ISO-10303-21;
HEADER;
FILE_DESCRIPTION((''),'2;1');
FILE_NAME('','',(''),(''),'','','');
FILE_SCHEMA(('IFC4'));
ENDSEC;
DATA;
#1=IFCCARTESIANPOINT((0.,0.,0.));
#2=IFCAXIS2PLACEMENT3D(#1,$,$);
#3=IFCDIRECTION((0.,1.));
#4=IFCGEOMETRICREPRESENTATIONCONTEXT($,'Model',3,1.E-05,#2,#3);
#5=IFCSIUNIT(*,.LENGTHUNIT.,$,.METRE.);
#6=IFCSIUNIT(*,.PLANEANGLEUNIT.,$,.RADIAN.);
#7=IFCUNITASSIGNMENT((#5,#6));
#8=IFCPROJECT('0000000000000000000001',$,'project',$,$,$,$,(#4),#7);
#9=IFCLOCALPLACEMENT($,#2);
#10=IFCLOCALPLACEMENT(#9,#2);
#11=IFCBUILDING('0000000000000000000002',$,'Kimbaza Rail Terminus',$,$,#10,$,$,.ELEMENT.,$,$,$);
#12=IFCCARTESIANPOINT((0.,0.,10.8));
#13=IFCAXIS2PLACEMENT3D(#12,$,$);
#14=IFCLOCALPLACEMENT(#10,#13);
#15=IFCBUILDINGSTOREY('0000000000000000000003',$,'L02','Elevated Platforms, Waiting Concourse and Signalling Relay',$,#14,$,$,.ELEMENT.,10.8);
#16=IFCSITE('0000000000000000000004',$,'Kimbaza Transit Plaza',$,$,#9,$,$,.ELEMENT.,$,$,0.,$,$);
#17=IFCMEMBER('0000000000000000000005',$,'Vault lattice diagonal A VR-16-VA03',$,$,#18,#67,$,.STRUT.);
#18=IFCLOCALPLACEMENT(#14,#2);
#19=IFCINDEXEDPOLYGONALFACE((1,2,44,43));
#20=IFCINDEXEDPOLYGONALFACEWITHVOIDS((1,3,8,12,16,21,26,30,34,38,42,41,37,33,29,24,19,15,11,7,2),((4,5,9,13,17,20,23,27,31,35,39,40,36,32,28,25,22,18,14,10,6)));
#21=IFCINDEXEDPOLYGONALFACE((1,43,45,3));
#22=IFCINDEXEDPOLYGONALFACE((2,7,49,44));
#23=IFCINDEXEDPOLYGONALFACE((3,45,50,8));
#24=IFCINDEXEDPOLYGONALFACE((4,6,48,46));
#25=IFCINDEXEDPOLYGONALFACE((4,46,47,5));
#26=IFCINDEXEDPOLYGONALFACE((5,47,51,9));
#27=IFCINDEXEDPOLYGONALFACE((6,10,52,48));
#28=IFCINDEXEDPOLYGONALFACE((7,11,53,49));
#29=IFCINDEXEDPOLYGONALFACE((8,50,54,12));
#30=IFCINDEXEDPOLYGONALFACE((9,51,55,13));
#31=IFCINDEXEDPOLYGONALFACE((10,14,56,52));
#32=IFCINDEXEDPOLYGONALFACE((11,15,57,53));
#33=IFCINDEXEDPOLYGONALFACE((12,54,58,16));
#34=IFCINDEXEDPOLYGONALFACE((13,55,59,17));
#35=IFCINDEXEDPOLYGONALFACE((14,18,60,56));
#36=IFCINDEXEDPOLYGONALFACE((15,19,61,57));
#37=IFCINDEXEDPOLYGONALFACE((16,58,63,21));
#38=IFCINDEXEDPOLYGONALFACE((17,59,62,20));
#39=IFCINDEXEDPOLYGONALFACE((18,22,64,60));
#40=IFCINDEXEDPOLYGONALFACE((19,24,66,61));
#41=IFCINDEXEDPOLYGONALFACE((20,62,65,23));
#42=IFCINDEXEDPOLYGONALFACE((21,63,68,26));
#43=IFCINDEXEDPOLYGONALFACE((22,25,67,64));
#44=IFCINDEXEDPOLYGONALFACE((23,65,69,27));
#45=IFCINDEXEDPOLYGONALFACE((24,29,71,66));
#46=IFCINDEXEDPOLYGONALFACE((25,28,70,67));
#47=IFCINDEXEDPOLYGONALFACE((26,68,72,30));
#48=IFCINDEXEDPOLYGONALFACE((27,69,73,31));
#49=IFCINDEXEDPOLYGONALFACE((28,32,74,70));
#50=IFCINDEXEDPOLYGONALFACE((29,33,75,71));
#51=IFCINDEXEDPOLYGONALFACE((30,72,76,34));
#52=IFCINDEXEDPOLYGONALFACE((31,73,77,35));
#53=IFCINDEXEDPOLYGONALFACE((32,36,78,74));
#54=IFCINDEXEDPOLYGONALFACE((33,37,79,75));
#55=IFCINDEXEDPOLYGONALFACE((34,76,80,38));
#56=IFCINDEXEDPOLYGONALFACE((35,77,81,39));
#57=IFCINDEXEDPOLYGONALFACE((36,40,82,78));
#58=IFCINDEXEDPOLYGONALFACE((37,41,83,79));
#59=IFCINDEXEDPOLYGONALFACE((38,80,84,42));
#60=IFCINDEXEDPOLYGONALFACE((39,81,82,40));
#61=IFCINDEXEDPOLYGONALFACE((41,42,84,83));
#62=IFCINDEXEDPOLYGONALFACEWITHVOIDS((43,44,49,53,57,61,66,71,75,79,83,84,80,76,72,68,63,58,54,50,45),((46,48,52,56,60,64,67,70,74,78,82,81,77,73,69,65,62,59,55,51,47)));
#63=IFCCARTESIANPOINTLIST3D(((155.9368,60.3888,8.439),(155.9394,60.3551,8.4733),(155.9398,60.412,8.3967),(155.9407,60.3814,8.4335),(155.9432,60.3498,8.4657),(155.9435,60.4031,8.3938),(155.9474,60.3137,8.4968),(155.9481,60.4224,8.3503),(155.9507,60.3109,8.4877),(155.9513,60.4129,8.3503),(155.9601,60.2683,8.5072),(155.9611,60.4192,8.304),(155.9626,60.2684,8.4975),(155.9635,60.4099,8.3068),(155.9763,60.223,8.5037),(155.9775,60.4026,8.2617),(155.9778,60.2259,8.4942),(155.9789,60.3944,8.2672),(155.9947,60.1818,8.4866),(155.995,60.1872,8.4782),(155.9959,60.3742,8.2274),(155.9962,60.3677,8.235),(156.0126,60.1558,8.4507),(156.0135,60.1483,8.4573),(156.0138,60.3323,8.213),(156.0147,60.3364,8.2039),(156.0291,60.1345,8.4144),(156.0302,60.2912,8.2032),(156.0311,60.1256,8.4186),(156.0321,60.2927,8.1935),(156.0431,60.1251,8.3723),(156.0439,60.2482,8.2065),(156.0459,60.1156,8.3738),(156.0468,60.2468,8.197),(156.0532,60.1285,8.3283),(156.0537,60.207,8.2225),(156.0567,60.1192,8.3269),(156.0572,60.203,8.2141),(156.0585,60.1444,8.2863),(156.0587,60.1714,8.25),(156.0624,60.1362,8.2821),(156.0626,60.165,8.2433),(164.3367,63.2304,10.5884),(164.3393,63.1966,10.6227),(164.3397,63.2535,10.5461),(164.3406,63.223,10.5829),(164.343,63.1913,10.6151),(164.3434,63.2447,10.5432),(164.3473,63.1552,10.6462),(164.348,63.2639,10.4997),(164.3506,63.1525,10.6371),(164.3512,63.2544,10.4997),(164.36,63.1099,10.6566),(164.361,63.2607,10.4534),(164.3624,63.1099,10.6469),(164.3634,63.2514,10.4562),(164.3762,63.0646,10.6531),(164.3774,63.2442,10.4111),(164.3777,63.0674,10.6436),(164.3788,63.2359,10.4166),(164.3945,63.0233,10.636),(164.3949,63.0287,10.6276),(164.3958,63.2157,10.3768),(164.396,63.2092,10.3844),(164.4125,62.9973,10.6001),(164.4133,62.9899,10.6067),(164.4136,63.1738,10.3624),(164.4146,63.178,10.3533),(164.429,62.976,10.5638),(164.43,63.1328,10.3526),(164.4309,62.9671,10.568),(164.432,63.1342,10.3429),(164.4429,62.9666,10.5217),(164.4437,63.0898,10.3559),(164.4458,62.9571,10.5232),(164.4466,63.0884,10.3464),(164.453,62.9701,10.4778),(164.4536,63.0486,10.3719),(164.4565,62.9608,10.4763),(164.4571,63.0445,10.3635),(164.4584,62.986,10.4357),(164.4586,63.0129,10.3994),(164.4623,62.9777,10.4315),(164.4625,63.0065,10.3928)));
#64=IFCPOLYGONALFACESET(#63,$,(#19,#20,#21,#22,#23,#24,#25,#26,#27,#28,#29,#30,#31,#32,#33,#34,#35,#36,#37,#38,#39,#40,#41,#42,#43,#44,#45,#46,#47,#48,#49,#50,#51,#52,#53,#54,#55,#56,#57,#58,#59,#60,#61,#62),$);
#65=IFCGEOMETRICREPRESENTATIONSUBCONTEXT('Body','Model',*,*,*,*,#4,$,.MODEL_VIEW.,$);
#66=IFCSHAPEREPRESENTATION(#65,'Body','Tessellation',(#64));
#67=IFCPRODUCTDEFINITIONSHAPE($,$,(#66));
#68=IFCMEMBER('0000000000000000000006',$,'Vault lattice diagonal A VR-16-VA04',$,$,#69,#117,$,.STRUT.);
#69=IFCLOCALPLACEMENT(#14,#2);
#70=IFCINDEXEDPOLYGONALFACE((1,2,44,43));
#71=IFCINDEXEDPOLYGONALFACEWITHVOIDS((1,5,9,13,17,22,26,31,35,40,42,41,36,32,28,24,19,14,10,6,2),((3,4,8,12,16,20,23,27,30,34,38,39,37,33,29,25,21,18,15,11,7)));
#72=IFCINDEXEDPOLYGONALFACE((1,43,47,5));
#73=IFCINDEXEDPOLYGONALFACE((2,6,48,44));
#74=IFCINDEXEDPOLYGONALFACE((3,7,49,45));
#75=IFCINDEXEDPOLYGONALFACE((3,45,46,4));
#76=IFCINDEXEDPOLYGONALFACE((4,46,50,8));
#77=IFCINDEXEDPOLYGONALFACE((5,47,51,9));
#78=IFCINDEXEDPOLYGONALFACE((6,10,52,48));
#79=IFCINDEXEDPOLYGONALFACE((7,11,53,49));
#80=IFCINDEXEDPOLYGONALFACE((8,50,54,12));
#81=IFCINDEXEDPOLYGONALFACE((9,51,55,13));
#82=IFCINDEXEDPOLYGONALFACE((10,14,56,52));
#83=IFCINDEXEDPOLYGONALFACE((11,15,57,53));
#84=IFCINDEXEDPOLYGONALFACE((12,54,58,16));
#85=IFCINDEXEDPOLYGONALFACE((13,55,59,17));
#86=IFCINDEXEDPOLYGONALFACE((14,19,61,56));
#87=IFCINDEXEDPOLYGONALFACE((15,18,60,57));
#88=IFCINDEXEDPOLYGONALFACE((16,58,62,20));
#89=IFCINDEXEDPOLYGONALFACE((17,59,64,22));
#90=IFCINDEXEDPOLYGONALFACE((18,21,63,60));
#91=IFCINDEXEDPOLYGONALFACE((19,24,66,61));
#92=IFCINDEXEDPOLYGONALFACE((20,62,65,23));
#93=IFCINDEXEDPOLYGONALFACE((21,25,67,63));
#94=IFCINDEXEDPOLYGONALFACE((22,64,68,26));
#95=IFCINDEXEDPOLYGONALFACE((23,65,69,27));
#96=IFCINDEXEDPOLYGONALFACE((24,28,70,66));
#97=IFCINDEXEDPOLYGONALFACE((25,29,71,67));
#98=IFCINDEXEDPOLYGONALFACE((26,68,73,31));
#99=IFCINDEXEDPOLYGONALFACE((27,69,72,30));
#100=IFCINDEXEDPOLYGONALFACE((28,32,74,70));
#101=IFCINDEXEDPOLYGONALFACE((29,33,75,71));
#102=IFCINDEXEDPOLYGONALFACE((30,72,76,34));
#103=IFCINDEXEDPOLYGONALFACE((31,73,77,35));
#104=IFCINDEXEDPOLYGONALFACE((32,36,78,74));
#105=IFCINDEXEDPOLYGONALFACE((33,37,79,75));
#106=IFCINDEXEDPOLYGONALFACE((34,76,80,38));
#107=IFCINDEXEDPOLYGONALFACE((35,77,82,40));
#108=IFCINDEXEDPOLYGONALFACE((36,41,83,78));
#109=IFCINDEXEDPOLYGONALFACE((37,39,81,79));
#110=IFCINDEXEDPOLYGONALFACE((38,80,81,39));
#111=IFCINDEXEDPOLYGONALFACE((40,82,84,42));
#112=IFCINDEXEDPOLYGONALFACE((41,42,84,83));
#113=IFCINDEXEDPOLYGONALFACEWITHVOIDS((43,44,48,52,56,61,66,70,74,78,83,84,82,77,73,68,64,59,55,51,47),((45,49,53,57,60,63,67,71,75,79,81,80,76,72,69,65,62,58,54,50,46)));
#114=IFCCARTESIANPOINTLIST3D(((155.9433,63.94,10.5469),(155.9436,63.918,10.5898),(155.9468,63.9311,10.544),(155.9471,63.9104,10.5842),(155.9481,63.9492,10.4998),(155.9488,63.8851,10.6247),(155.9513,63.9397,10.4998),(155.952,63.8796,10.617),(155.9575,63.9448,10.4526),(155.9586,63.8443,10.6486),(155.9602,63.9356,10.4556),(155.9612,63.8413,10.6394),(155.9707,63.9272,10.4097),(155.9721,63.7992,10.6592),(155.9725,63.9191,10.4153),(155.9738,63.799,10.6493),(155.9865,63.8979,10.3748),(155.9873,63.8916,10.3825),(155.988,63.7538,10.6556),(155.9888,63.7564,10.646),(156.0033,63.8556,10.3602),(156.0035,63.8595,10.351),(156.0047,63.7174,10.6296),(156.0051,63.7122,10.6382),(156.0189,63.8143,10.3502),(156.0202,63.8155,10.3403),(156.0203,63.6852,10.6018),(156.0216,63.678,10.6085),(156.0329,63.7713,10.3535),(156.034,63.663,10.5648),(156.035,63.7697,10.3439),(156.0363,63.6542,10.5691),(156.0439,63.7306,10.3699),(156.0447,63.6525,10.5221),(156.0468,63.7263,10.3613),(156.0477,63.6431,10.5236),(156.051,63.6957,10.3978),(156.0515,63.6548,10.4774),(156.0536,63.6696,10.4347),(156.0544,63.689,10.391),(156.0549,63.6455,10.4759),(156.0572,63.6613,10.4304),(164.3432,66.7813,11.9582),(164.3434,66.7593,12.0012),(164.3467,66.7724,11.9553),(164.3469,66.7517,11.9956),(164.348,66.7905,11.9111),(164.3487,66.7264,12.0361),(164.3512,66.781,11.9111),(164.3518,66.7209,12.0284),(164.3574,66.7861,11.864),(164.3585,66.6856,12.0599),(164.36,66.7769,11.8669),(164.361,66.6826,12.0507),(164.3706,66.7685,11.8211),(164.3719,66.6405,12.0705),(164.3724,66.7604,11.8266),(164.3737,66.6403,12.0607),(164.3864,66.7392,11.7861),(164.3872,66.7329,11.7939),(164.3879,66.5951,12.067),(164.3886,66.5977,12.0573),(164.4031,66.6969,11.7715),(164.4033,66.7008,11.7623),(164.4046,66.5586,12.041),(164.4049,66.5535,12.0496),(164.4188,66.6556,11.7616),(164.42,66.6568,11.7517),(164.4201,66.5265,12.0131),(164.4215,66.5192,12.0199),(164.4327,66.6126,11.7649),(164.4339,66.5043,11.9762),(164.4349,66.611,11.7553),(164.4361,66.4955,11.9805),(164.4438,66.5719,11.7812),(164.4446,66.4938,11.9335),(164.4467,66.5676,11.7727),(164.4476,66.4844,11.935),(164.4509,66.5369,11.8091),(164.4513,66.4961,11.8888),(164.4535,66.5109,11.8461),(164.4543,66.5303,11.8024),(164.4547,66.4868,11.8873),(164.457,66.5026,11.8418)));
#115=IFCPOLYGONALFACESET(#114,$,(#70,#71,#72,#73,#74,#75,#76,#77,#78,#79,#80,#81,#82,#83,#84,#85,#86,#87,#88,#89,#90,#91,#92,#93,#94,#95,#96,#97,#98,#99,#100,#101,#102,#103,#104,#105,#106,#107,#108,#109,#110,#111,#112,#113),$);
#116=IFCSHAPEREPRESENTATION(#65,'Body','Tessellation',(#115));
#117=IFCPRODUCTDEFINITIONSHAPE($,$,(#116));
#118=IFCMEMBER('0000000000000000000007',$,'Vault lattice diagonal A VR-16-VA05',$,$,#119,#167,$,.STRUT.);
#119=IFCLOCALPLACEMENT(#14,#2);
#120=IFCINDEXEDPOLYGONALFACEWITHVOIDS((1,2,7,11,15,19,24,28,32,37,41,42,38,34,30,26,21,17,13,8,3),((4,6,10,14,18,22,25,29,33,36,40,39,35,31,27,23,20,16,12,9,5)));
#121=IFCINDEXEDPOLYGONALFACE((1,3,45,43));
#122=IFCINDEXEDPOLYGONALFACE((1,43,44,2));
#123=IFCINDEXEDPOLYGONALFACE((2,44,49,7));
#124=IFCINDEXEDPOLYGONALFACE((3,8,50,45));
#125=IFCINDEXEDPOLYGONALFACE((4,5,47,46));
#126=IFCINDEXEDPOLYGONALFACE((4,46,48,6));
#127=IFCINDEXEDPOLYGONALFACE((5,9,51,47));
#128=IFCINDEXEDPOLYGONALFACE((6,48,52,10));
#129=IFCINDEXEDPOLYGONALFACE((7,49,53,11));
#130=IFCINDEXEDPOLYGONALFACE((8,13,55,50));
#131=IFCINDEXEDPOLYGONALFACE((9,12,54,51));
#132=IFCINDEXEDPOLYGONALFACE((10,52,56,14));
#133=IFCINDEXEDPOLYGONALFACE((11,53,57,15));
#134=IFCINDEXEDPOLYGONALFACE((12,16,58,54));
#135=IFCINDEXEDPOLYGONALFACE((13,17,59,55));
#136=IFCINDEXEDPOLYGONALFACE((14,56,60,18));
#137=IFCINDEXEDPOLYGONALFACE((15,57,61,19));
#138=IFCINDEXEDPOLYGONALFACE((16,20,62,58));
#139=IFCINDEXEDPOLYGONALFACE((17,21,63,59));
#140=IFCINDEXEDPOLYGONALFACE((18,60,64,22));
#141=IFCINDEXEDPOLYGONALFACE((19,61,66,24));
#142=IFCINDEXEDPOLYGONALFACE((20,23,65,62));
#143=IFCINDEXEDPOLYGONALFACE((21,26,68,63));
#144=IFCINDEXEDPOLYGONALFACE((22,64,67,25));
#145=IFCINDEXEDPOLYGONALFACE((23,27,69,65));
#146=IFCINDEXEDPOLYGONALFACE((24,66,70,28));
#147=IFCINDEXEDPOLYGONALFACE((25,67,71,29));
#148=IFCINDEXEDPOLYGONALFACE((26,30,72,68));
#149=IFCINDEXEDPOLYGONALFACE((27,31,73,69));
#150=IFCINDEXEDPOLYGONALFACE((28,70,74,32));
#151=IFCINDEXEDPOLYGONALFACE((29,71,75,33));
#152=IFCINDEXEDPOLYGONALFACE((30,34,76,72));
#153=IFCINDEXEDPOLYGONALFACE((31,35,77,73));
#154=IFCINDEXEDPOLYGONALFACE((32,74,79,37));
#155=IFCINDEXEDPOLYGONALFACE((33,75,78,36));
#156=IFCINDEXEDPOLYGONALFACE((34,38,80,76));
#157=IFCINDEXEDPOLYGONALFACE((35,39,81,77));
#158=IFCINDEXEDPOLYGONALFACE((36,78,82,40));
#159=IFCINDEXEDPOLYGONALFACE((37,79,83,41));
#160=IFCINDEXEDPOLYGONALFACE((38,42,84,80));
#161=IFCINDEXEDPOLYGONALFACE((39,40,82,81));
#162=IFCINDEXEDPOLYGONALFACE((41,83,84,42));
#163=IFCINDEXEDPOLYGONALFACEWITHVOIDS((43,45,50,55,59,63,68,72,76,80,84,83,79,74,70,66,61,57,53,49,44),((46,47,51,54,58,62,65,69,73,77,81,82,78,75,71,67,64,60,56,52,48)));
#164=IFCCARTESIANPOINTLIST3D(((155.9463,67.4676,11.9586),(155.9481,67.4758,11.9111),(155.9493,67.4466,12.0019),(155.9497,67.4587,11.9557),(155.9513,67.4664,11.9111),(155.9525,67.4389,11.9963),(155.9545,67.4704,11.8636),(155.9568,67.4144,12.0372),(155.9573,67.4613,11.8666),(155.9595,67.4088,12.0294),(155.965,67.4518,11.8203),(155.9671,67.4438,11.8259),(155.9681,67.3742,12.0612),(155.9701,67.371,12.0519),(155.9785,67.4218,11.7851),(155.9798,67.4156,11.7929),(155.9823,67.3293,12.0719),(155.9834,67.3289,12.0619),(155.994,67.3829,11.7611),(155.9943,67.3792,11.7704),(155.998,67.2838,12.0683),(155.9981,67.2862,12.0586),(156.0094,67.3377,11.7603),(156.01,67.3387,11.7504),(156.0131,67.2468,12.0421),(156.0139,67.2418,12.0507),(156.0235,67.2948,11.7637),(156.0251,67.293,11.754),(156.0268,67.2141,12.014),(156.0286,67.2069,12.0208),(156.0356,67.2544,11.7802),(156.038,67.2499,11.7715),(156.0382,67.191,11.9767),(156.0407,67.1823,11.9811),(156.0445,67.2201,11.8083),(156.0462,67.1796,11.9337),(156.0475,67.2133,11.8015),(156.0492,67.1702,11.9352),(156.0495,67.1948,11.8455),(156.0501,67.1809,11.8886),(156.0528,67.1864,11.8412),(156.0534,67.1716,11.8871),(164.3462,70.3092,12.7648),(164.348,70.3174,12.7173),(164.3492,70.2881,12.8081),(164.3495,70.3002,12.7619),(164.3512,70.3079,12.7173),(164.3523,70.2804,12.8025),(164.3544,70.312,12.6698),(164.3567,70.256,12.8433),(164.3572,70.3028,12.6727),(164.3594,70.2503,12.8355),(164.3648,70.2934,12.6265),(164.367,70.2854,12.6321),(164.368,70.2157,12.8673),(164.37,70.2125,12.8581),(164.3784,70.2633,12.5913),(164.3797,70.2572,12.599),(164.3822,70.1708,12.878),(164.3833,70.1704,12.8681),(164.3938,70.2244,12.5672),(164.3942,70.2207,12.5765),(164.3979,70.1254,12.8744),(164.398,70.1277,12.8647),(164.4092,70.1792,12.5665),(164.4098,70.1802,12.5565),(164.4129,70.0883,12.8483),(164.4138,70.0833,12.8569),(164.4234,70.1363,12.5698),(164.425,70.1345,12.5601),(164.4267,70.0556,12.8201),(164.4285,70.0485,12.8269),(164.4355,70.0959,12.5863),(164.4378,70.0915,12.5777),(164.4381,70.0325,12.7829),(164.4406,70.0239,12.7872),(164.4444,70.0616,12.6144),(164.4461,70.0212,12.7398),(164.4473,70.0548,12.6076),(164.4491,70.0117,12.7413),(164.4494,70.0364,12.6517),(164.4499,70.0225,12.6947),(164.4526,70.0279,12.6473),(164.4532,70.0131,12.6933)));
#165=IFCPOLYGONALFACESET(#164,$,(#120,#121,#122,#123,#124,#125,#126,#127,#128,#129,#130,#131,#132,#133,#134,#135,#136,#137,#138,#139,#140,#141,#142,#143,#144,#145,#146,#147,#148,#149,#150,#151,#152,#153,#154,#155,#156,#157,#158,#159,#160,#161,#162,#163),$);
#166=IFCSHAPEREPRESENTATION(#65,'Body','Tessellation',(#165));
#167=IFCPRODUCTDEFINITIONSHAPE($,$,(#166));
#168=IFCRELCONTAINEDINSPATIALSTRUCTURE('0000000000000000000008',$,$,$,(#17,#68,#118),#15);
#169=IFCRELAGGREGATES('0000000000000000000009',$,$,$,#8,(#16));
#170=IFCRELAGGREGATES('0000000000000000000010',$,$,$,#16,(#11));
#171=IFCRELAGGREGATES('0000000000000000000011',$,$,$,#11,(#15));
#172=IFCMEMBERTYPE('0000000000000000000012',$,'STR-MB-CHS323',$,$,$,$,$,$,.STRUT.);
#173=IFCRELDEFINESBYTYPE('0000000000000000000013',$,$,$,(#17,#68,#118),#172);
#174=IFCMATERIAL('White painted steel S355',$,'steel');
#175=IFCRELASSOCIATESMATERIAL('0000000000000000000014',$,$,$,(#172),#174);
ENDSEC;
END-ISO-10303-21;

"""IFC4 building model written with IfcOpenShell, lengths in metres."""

from ifc_helpers import new_model, si_unit, direction, frame, origin, origin_2d, place, context, subcontext, project, spatial, hollow_circle, extrude, material, material_profile, profile_set, type_object, element, save


model = new_model("IFC4")

# Units and contexts
model_context = context("Model", 3, precision=1e-05, world=origin(), true_north=direction((0.0, 1.0)))
body_context = subcontext(model_context, "Body", "Model", "MODEL_VIEW")
ifc_project = project(units=[si_unit("LENGTHUNIT", "METRE"), si_unit("PLANEANGLEUNIT", "RADIAN")], contexts=[model_context])

# Site, building, storey
site_placement = place(None, origin())
site = spatial("IfcSite", under=ifc_project, at=site_placement, Name="Kimbaza Transit Plaza", CompositionType="ELEMENT", RefElevation=0.0)
building_placement = place(site_placement, origin())
building = spatial("IfcBuilding", under=site, at=building_placement, Name="Kimbaza Rail Terminus", CompositionType="ELEMENT")
storey_placement = place(building_placement, frame((0.0, 0.0, 10.8)))
storey = spatial("IfcBuildingStorey", under=building, at=storey_placement, Name="L02", Description="Elevated Platforms, Waiting Concourse and Signalling Relay", CompositionType="ELEMENT", Elevation=10.8)

# Members
ifc_material_1 = material(Name="White painted steel S355", Category="steel")
ifc_material_profile_1 = material_profile(ifc_material_1, hollow_circle(Radius=0.1619, WallThickness=0.01, at=origin_2d()), Name="CHS 323.9x10")
ifc_profile_set_1 = profile_set([ifc_material_profile_1], Name="White painted steel S355")
member_type_1 = type_object("IfcMemberType", Name="STR-MB-CHS323", PredefinedType="STRUT", material=ifc_profile_set_1)
member_1_placement = place(storey_placement, frame((156.0, 60.269, 8.3503), z_axis=(0.920608, 0.311427, 0.23557), x_axis=(-0.320445, 0.947267, 0.0)))
element("IfcMember", 1, at=member_1_placement, inside=storey, type_object=member_type_1, Name="Vault lattice diagonal A VR-16-VA03", PredefinedType="STRUT", context=body_context, shape_type="SweptSolid", body=[
    extrude(hollow_circle(Radius=0.1619, WallThickness=0.01, at=origin_2d()), origin(), (0.0, 0.0, 1.0), 9.1243),
])
member_2_placement = place(storey_placement, frame((156.0, 63.7959, 10.4998), z_axis=(0.9355, 0.316437, 0.157186), x_axis=(-0.320421, 0.947275, 0.0)))
element("IfcMember", 2, at=member_2_placement, inside=storey, type_object=member_type_1, Name="Vault lattice diagonal A VR-16-VA04", PredefinedType="STRUT", context=body_context, shape_type="SweptSolid", body=[
    extrude(hollow_circle(Radius=0.1619, WallThickness=0.01, at=origin_2d()), origin(), (0.0, 0.0, 1.0), 8.979),
])
member_3_placement = place(storey_placement, frame((156.0, 67.3225, 11.9111), z_axis=(0.943377, 0.319129, 0.090537), x_axis=(-0.320445, 0.947267, 0.0)))
element("IfcMember", 3, at=member_3_placement, inside=storey, type_object=member_type_1, Name="Vault lattice diagonal A VR-16-VA05", PredefinedType="STRUT", context=body_context, shape_type="SweptSolid", body=[
    extrude(hollow_circle(Radius=0.1619, WallThickness=0.01, at=origin_2d()), origin(), (0.0, 0.0, 1.0), 8.9041),
])

save(model, "model.ifc")
